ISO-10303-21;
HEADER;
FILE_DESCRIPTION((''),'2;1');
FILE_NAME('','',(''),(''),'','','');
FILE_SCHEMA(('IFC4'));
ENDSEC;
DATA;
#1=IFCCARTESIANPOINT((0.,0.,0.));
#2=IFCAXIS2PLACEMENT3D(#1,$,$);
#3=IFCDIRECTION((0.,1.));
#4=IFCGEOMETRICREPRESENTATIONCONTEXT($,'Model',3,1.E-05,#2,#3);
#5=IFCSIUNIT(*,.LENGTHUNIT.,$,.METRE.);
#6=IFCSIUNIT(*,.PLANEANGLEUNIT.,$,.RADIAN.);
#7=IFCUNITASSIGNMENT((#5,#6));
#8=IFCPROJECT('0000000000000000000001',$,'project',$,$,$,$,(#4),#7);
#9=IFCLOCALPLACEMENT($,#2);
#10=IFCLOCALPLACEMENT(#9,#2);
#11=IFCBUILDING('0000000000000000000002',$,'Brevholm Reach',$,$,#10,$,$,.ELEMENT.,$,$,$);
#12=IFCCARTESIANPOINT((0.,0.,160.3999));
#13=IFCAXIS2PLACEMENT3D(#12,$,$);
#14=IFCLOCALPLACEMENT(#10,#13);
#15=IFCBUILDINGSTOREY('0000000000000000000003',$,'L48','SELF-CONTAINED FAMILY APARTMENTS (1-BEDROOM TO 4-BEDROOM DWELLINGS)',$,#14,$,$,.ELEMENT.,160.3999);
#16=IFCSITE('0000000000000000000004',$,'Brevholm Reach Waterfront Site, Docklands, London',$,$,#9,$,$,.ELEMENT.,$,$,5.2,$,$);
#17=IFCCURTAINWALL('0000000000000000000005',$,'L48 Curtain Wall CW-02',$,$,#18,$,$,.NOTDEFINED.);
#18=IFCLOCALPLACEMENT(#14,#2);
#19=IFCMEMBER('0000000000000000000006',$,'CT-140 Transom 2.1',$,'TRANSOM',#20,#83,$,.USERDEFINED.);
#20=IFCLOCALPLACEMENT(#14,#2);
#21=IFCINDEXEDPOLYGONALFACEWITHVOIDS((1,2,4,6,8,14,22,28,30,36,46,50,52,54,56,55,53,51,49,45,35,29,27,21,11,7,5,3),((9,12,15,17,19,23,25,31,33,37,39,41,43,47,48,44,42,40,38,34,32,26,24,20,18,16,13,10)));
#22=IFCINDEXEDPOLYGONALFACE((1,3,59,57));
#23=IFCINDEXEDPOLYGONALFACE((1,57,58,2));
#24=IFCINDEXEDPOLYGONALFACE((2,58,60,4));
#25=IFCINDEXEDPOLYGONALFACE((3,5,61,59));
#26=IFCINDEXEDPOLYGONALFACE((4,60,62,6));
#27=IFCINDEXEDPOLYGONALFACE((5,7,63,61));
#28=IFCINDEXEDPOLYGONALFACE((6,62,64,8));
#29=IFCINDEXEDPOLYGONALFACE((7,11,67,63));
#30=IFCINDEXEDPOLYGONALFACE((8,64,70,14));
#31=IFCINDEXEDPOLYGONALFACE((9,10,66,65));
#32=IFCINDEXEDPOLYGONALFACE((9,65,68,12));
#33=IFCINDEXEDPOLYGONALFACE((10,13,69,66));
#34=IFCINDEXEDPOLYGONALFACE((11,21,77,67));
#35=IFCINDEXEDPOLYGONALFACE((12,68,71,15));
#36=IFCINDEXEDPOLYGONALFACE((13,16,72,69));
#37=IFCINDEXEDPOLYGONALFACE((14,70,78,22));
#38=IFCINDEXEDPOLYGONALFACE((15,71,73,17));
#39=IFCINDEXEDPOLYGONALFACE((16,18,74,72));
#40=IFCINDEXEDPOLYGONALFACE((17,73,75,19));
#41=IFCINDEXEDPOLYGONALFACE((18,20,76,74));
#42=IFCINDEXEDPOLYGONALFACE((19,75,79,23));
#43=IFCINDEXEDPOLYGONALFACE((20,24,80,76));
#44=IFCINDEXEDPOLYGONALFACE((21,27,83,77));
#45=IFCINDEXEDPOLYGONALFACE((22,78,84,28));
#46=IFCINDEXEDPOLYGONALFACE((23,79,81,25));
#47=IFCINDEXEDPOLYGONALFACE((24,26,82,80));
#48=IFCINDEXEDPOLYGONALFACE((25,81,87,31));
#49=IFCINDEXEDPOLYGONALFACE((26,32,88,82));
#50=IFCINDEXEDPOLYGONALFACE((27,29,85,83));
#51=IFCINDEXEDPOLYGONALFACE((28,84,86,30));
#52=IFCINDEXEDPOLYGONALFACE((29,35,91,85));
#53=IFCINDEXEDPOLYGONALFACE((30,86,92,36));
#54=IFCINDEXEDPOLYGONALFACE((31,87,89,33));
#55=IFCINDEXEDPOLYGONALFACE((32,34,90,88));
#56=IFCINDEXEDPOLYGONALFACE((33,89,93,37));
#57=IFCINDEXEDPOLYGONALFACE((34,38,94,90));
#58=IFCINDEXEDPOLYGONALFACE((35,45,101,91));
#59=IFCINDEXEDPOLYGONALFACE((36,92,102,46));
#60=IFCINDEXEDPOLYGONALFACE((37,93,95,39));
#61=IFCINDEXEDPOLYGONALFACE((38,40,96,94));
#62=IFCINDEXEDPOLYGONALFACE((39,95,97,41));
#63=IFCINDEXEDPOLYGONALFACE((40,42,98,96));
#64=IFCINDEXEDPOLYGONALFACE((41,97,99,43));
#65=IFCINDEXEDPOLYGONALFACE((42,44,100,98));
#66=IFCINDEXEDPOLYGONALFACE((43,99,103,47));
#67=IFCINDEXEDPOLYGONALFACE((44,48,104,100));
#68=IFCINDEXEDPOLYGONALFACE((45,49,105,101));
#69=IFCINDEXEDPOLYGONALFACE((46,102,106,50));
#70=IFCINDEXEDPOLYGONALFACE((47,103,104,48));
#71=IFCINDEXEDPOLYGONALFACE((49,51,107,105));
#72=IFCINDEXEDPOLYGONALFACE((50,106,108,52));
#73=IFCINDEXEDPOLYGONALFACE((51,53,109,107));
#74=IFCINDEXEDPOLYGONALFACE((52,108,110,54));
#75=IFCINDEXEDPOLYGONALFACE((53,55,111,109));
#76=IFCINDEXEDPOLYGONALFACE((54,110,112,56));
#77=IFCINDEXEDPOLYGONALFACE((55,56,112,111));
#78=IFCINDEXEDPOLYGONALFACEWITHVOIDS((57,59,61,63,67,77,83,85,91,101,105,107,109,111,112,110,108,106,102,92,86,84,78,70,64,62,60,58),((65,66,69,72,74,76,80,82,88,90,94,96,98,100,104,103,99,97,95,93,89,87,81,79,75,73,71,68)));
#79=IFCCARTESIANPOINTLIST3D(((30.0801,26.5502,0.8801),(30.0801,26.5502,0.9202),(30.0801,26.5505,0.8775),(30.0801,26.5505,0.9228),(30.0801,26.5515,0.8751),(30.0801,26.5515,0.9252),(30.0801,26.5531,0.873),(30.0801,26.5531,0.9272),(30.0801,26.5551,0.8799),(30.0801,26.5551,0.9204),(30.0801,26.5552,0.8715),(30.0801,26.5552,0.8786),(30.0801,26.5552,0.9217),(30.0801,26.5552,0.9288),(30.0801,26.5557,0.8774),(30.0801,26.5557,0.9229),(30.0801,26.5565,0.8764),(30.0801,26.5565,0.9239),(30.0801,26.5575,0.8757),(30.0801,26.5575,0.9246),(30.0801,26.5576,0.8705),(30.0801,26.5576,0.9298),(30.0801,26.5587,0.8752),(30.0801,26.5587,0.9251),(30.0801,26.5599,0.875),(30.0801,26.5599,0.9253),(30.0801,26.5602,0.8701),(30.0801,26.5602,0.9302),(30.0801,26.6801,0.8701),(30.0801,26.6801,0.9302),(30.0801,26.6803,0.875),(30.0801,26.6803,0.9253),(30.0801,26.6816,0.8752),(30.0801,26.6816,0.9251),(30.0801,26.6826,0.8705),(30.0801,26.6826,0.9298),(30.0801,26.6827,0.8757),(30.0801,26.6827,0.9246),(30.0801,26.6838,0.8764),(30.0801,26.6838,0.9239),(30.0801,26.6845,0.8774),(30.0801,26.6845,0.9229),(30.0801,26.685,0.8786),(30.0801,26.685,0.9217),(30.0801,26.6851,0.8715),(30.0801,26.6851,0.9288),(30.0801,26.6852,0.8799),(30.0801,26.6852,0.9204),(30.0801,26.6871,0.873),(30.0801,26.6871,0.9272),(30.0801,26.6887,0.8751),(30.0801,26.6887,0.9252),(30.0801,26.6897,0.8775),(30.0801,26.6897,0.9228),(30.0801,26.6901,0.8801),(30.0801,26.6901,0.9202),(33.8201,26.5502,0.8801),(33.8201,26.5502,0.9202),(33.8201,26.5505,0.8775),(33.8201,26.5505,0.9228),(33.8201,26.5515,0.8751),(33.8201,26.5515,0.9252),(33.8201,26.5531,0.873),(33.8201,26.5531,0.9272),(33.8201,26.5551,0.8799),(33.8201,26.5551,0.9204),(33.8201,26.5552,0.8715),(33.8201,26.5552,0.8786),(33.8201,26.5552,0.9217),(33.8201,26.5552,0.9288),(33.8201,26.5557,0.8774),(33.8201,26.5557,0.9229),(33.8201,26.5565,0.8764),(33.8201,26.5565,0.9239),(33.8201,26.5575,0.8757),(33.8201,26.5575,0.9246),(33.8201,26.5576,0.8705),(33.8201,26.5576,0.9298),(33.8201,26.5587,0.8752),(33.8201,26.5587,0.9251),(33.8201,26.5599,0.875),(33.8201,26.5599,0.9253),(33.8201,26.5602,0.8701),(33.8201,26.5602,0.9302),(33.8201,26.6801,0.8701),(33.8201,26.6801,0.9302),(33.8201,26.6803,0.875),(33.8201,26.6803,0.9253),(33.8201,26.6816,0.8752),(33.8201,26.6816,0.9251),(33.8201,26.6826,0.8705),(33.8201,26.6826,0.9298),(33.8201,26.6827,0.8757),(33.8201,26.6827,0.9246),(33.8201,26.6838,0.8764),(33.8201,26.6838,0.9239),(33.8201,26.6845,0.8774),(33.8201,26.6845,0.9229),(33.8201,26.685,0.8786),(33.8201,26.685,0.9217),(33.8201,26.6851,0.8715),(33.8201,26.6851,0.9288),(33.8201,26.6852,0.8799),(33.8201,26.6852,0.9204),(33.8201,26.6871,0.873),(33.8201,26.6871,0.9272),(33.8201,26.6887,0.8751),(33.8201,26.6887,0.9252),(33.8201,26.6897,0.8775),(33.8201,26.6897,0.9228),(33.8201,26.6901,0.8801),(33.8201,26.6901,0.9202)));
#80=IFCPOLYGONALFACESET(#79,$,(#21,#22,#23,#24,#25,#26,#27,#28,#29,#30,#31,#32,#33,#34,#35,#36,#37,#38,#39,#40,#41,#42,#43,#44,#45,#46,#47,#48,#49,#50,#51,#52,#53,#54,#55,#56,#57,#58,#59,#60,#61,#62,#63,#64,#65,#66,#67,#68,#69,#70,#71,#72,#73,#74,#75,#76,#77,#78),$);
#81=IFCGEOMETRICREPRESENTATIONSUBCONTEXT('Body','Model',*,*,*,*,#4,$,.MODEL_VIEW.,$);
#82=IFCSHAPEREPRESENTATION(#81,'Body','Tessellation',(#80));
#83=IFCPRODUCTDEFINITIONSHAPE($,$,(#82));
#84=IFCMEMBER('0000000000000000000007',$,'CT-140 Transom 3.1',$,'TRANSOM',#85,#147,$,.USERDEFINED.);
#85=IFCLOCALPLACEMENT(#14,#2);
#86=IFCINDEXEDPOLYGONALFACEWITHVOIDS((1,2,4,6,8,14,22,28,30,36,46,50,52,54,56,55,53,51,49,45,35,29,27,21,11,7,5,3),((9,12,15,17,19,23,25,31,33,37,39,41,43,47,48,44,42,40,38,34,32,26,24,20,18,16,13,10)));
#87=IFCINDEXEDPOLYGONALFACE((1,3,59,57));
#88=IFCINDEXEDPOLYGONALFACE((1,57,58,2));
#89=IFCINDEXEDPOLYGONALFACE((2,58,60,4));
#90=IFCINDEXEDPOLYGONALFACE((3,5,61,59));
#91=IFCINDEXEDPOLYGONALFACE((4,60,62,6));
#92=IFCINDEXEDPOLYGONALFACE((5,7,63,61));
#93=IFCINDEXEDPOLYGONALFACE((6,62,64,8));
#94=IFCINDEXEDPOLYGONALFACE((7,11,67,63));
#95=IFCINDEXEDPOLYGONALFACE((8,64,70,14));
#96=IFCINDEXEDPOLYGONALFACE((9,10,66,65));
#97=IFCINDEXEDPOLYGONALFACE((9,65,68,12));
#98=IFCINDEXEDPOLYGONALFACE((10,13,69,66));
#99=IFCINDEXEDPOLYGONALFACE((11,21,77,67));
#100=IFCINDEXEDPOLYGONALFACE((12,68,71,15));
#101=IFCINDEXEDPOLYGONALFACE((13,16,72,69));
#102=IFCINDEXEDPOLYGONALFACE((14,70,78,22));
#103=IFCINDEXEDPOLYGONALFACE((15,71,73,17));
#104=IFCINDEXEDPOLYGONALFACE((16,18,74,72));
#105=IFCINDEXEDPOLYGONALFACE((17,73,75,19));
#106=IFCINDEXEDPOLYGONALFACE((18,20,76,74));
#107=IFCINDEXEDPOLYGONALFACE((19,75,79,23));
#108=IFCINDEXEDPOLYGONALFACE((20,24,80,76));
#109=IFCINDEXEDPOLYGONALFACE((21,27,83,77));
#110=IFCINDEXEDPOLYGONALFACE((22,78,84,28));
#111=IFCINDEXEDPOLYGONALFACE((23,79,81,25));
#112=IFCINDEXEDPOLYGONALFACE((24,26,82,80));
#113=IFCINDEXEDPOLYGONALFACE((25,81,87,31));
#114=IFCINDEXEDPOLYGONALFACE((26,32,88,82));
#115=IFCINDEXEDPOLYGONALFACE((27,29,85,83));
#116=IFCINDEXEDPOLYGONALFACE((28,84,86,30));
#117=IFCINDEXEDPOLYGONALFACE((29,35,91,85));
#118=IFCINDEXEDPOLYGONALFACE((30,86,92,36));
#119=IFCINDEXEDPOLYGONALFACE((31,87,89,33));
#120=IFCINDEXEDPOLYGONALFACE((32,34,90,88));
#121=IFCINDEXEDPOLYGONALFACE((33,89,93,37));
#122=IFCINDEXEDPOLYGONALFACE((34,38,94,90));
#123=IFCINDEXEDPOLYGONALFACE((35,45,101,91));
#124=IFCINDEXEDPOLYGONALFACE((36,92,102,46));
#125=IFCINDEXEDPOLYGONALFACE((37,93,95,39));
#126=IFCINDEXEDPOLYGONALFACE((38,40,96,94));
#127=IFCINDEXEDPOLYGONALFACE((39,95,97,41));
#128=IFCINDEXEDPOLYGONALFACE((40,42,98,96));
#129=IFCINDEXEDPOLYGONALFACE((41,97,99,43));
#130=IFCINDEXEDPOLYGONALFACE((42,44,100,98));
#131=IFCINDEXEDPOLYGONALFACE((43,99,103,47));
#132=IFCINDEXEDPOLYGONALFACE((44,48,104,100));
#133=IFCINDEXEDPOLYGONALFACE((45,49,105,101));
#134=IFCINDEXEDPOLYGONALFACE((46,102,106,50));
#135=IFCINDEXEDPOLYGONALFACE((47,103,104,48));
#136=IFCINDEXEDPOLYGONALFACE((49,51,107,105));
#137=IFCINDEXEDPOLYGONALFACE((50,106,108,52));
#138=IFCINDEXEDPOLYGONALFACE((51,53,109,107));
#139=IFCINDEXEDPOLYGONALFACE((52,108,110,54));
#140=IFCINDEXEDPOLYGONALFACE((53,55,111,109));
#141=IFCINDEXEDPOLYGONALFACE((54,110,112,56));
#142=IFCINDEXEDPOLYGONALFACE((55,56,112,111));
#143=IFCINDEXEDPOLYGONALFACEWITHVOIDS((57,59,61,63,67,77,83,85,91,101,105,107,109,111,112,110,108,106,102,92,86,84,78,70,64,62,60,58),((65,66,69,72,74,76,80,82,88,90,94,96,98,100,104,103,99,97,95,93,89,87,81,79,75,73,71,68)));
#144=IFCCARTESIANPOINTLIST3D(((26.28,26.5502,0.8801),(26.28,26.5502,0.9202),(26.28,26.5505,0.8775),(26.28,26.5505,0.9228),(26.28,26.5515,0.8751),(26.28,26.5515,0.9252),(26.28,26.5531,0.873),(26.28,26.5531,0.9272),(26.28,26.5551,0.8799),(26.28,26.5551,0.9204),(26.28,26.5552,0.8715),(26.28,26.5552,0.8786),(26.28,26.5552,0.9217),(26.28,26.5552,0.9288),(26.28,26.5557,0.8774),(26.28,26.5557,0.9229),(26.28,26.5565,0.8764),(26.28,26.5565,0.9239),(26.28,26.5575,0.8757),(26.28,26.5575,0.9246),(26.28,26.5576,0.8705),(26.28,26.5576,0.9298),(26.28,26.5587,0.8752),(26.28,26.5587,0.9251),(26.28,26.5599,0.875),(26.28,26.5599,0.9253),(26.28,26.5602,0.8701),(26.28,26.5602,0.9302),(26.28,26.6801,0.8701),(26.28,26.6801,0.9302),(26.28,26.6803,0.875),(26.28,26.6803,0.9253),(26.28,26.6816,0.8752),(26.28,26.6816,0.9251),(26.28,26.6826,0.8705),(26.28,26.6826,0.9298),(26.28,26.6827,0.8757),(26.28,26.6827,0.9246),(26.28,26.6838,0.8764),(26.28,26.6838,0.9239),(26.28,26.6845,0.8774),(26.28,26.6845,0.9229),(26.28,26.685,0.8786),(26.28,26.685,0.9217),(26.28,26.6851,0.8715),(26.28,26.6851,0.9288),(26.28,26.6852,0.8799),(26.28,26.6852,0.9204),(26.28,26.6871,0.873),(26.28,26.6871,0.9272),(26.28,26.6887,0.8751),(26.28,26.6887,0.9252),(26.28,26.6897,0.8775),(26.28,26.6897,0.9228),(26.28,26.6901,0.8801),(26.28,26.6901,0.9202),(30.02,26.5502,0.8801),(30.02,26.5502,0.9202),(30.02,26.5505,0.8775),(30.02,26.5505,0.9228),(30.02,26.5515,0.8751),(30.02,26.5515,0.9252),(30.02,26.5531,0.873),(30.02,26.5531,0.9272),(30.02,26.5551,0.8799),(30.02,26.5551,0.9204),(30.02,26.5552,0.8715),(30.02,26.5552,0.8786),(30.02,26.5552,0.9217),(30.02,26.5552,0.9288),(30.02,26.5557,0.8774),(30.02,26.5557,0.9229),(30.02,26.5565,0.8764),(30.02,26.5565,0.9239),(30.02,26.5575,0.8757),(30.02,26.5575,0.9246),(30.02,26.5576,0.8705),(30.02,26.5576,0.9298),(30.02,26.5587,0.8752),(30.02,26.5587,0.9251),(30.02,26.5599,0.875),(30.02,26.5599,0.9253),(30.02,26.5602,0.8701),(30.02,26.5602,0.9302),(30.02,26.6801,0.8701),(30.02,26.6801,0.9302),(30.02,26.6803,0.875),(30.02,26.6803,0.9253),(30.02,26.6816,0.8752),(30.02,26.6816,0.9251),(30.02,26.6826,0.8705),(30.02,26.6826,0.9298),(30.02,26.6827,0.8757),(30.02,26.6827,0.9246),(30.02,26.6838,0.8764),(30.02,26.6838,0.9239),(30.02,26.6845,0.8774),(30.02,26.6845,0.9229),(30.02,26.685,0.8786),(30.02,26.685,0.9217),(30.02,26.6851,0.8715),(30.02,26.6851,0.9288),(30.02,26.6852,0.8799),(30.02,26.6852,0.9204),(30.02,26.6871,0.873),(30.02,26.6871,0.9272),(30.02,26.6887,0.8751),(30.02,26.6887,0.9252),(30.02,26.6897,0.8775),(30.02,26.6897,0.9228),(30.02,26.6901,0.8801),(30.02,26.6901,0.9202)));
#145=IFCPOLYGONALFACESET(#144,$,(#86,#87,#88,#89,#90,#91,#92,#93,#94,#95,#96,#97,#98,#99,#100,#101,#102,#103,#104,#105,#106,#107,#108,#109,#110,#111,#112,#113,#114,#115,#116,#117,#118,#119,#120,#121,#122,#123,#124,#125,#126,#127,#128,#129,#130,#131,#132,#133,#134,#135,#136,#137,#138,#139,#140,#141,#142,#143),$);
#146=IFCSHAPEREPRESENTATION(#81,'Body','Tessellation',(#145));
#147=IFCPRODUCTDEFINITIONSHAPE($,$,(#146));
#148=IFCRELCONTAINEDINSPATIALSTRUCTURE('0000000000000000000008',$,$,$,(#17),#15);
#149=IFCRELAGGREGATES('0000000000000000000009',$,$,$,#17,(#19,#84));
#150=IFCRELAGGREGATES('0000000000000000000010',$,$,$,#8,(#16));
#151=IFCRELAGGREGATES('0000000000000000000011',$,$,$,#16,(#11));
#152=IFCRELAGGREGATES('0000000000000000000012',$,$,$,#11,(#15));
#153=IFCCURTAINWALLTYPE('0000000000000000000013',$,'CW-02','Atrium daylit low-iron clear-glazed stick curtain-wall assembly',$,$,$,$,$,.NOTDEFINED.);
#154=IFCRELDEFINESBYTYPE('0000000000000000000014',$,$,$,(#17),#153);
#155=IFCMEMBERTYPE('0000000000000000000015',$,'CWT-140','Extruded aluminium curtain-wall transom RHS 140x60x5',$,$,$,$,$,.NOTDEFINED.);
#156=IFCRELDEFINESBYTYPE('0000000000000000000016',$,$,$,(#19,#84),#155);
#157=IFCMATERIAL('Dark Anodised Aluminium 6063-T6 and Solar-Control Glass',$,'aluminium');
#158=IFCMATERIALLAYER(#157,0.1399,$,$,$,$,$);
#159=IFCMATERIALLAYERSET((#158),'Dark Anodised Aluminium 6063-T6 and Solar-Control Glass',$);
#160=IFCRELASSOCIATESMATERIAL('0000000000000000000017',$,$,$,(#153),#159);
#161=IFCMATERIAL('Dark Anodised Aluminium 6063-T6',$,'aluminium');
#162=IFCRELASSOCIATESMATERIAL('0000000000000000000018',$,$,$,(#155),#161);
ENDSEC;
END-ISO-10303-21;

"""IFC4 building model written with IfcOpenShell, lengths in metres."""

from ifc_helpers import new_model, si_unit, direction, frame, origin, origin_2d, place, context, subcontext, project, spatial, hollow_rectangle, extrude, material, layer, layer_set, material_profile, profile_set, type_object, element, aggregate, save


model = new_model("IFC4")

# Units and contexts
model_context = context("Model", 3, precision=1e-05, world=origin(), true_north=direction((0.0, 1.0)))
body_context = subcontext(model_context, "Body", "Model", "MODEL_VIEW")
ifc_project = project(units=[si_unit("LENGTHUNIT", "METRE"), si_unit("PLANEANGLEUNIT", "RADIAN")], contexts=[model_context])

# Site, building, storey
site_placement = place(None, origin())
site = spatial("IfcSite", under=ifc_project, at=site_placement, Name="Brevholm Reach Waterfront Site, Docklands, London", CompositionType="ELEMENT", RefElevation=5.2)
building_placement = place(site_placement, origin())
building = spatial("IfcBuilding", under=site, at=building_placement, Name="Brevholm Reach", CompositionType="ELEMENT")
storey_placement = place(building_placement, frame((0.0, 0.0, 160.3999)))
storey = spatial("IfcBuildingStorey", under=building, at=storey_placement, Name="L48", Description="SELF-CONTAINED FAMILY APARTMENTS (1-BEDROOM TO 4-BEDROOM DWELLINGS)", CompositionType="ELEMENT", Elevation=160.3999)

# Curtain wall
ifc_material_1 = material(Name="Dark Anodised Aluminium 6063-T6 and Solar-Control Glass", Category="aluminium")
ifc_layer_1 = layer(ifc_material_1, 0.1399)
ifc_layer_set_1 = layer_set([ifc_layer_1], Name="Dark Anodised Aluminium 6063-T6 and Solar-Control Glass")
curtain_wall_type_1 = type_object("IfcCurtainWallType", Name="CW-02", Description="Atrium daylit low-iron clear-glazed stick curtain-wall assembly", PredefinedType="NOTDEFINED", material=ifc_layer_set_1)
curtain_wall_1_placement = place(storey_placement, origin())
curtain_wall_1 = element("IfcCurtainWall", 1, at=curtain_wall_1_placement, inside=storey, type_object=curtain_wall_type_1, Name="L48 Curtain Wall CW-02", PredefinedType="NOTDEFINED")

# Members
ifc_material_2 = material(Name="Dark Anodised Aluminium 6063-T6", Category="aluminium")
ifc_material_profile_1 = material_profile(ifc_material_2, hollow_rectangle(XDim=0.0601, YDim=0.1399, WallThickness=0.0049, InnerFilletRadius=0.0049, OuterFilletRadius=0.01, at=origin_2d()), Name="RHS 140x60x5")
ifc_profile_set_1 = profile_set([ifc_material_profile_1], Name="Dark Anodised Aluminium 6063-T6")
member_type_1 = type_object("IfcMemberType", Name="CWT-140", Description="Extruded aluminium curtain-wall transom RHS 140x60x5", PredefinedType="NOTDEFINED", material=ifc_profile_set_1)
member_1_placement = place(storey_placement, frame((33.8201, 26.6201, 0.9001), z_axis=(-1.0, 0.0, 0.0), x_axis=(0.0, 0.0, 1.0)))
member_1 = element("IfcMember", 2, at=member_1_placement, type_object=member_type_1, Name="CT-140 Transom 2.1", ObjectType="TRANSOM", PredefinedType="USERDEFINED", context=body_context, shape_type="SweptSolid", body=[
    extrude(hollow_rectangle(XDim=0.0601, YDim=0.1399, WallThickness=0.0049, InnerFilletRadius=0.0049, OuterFilletRadius=0.01, at=origin_2d()), origin(), (0.0, 0.0, 1.0), 3.74),
])
member_2_placement = place(storey_placement, frame((30.02, 26.6201, 0.9001), z_axis=(-1.0, 0.0, 0.0), x_axis=(0.0, 0.0, 1.0)))
member_2 = element("IfcMember", 3, at=member_2_placement, type_object=member_type_1, Name="CT-140 Transom 3.1", ObjectType="TRANSOM", PredefinedType="USERDEFINED", context=body_context, shape_type="SweptSolid", body=[
    extrude(hollow_rectangle(XDim=0.0601, YDim=0.1399, WallThickness=0.0049, InnerFilletRadius=0.0049, OuterFilletRadius=0.01, at=origin_2d()), origin(), (0.0, 0.0, 1.0), 3.74),
])

aggregate(curtain_wall_1, [member_1, member_2])

save(model, "model.ifc")
